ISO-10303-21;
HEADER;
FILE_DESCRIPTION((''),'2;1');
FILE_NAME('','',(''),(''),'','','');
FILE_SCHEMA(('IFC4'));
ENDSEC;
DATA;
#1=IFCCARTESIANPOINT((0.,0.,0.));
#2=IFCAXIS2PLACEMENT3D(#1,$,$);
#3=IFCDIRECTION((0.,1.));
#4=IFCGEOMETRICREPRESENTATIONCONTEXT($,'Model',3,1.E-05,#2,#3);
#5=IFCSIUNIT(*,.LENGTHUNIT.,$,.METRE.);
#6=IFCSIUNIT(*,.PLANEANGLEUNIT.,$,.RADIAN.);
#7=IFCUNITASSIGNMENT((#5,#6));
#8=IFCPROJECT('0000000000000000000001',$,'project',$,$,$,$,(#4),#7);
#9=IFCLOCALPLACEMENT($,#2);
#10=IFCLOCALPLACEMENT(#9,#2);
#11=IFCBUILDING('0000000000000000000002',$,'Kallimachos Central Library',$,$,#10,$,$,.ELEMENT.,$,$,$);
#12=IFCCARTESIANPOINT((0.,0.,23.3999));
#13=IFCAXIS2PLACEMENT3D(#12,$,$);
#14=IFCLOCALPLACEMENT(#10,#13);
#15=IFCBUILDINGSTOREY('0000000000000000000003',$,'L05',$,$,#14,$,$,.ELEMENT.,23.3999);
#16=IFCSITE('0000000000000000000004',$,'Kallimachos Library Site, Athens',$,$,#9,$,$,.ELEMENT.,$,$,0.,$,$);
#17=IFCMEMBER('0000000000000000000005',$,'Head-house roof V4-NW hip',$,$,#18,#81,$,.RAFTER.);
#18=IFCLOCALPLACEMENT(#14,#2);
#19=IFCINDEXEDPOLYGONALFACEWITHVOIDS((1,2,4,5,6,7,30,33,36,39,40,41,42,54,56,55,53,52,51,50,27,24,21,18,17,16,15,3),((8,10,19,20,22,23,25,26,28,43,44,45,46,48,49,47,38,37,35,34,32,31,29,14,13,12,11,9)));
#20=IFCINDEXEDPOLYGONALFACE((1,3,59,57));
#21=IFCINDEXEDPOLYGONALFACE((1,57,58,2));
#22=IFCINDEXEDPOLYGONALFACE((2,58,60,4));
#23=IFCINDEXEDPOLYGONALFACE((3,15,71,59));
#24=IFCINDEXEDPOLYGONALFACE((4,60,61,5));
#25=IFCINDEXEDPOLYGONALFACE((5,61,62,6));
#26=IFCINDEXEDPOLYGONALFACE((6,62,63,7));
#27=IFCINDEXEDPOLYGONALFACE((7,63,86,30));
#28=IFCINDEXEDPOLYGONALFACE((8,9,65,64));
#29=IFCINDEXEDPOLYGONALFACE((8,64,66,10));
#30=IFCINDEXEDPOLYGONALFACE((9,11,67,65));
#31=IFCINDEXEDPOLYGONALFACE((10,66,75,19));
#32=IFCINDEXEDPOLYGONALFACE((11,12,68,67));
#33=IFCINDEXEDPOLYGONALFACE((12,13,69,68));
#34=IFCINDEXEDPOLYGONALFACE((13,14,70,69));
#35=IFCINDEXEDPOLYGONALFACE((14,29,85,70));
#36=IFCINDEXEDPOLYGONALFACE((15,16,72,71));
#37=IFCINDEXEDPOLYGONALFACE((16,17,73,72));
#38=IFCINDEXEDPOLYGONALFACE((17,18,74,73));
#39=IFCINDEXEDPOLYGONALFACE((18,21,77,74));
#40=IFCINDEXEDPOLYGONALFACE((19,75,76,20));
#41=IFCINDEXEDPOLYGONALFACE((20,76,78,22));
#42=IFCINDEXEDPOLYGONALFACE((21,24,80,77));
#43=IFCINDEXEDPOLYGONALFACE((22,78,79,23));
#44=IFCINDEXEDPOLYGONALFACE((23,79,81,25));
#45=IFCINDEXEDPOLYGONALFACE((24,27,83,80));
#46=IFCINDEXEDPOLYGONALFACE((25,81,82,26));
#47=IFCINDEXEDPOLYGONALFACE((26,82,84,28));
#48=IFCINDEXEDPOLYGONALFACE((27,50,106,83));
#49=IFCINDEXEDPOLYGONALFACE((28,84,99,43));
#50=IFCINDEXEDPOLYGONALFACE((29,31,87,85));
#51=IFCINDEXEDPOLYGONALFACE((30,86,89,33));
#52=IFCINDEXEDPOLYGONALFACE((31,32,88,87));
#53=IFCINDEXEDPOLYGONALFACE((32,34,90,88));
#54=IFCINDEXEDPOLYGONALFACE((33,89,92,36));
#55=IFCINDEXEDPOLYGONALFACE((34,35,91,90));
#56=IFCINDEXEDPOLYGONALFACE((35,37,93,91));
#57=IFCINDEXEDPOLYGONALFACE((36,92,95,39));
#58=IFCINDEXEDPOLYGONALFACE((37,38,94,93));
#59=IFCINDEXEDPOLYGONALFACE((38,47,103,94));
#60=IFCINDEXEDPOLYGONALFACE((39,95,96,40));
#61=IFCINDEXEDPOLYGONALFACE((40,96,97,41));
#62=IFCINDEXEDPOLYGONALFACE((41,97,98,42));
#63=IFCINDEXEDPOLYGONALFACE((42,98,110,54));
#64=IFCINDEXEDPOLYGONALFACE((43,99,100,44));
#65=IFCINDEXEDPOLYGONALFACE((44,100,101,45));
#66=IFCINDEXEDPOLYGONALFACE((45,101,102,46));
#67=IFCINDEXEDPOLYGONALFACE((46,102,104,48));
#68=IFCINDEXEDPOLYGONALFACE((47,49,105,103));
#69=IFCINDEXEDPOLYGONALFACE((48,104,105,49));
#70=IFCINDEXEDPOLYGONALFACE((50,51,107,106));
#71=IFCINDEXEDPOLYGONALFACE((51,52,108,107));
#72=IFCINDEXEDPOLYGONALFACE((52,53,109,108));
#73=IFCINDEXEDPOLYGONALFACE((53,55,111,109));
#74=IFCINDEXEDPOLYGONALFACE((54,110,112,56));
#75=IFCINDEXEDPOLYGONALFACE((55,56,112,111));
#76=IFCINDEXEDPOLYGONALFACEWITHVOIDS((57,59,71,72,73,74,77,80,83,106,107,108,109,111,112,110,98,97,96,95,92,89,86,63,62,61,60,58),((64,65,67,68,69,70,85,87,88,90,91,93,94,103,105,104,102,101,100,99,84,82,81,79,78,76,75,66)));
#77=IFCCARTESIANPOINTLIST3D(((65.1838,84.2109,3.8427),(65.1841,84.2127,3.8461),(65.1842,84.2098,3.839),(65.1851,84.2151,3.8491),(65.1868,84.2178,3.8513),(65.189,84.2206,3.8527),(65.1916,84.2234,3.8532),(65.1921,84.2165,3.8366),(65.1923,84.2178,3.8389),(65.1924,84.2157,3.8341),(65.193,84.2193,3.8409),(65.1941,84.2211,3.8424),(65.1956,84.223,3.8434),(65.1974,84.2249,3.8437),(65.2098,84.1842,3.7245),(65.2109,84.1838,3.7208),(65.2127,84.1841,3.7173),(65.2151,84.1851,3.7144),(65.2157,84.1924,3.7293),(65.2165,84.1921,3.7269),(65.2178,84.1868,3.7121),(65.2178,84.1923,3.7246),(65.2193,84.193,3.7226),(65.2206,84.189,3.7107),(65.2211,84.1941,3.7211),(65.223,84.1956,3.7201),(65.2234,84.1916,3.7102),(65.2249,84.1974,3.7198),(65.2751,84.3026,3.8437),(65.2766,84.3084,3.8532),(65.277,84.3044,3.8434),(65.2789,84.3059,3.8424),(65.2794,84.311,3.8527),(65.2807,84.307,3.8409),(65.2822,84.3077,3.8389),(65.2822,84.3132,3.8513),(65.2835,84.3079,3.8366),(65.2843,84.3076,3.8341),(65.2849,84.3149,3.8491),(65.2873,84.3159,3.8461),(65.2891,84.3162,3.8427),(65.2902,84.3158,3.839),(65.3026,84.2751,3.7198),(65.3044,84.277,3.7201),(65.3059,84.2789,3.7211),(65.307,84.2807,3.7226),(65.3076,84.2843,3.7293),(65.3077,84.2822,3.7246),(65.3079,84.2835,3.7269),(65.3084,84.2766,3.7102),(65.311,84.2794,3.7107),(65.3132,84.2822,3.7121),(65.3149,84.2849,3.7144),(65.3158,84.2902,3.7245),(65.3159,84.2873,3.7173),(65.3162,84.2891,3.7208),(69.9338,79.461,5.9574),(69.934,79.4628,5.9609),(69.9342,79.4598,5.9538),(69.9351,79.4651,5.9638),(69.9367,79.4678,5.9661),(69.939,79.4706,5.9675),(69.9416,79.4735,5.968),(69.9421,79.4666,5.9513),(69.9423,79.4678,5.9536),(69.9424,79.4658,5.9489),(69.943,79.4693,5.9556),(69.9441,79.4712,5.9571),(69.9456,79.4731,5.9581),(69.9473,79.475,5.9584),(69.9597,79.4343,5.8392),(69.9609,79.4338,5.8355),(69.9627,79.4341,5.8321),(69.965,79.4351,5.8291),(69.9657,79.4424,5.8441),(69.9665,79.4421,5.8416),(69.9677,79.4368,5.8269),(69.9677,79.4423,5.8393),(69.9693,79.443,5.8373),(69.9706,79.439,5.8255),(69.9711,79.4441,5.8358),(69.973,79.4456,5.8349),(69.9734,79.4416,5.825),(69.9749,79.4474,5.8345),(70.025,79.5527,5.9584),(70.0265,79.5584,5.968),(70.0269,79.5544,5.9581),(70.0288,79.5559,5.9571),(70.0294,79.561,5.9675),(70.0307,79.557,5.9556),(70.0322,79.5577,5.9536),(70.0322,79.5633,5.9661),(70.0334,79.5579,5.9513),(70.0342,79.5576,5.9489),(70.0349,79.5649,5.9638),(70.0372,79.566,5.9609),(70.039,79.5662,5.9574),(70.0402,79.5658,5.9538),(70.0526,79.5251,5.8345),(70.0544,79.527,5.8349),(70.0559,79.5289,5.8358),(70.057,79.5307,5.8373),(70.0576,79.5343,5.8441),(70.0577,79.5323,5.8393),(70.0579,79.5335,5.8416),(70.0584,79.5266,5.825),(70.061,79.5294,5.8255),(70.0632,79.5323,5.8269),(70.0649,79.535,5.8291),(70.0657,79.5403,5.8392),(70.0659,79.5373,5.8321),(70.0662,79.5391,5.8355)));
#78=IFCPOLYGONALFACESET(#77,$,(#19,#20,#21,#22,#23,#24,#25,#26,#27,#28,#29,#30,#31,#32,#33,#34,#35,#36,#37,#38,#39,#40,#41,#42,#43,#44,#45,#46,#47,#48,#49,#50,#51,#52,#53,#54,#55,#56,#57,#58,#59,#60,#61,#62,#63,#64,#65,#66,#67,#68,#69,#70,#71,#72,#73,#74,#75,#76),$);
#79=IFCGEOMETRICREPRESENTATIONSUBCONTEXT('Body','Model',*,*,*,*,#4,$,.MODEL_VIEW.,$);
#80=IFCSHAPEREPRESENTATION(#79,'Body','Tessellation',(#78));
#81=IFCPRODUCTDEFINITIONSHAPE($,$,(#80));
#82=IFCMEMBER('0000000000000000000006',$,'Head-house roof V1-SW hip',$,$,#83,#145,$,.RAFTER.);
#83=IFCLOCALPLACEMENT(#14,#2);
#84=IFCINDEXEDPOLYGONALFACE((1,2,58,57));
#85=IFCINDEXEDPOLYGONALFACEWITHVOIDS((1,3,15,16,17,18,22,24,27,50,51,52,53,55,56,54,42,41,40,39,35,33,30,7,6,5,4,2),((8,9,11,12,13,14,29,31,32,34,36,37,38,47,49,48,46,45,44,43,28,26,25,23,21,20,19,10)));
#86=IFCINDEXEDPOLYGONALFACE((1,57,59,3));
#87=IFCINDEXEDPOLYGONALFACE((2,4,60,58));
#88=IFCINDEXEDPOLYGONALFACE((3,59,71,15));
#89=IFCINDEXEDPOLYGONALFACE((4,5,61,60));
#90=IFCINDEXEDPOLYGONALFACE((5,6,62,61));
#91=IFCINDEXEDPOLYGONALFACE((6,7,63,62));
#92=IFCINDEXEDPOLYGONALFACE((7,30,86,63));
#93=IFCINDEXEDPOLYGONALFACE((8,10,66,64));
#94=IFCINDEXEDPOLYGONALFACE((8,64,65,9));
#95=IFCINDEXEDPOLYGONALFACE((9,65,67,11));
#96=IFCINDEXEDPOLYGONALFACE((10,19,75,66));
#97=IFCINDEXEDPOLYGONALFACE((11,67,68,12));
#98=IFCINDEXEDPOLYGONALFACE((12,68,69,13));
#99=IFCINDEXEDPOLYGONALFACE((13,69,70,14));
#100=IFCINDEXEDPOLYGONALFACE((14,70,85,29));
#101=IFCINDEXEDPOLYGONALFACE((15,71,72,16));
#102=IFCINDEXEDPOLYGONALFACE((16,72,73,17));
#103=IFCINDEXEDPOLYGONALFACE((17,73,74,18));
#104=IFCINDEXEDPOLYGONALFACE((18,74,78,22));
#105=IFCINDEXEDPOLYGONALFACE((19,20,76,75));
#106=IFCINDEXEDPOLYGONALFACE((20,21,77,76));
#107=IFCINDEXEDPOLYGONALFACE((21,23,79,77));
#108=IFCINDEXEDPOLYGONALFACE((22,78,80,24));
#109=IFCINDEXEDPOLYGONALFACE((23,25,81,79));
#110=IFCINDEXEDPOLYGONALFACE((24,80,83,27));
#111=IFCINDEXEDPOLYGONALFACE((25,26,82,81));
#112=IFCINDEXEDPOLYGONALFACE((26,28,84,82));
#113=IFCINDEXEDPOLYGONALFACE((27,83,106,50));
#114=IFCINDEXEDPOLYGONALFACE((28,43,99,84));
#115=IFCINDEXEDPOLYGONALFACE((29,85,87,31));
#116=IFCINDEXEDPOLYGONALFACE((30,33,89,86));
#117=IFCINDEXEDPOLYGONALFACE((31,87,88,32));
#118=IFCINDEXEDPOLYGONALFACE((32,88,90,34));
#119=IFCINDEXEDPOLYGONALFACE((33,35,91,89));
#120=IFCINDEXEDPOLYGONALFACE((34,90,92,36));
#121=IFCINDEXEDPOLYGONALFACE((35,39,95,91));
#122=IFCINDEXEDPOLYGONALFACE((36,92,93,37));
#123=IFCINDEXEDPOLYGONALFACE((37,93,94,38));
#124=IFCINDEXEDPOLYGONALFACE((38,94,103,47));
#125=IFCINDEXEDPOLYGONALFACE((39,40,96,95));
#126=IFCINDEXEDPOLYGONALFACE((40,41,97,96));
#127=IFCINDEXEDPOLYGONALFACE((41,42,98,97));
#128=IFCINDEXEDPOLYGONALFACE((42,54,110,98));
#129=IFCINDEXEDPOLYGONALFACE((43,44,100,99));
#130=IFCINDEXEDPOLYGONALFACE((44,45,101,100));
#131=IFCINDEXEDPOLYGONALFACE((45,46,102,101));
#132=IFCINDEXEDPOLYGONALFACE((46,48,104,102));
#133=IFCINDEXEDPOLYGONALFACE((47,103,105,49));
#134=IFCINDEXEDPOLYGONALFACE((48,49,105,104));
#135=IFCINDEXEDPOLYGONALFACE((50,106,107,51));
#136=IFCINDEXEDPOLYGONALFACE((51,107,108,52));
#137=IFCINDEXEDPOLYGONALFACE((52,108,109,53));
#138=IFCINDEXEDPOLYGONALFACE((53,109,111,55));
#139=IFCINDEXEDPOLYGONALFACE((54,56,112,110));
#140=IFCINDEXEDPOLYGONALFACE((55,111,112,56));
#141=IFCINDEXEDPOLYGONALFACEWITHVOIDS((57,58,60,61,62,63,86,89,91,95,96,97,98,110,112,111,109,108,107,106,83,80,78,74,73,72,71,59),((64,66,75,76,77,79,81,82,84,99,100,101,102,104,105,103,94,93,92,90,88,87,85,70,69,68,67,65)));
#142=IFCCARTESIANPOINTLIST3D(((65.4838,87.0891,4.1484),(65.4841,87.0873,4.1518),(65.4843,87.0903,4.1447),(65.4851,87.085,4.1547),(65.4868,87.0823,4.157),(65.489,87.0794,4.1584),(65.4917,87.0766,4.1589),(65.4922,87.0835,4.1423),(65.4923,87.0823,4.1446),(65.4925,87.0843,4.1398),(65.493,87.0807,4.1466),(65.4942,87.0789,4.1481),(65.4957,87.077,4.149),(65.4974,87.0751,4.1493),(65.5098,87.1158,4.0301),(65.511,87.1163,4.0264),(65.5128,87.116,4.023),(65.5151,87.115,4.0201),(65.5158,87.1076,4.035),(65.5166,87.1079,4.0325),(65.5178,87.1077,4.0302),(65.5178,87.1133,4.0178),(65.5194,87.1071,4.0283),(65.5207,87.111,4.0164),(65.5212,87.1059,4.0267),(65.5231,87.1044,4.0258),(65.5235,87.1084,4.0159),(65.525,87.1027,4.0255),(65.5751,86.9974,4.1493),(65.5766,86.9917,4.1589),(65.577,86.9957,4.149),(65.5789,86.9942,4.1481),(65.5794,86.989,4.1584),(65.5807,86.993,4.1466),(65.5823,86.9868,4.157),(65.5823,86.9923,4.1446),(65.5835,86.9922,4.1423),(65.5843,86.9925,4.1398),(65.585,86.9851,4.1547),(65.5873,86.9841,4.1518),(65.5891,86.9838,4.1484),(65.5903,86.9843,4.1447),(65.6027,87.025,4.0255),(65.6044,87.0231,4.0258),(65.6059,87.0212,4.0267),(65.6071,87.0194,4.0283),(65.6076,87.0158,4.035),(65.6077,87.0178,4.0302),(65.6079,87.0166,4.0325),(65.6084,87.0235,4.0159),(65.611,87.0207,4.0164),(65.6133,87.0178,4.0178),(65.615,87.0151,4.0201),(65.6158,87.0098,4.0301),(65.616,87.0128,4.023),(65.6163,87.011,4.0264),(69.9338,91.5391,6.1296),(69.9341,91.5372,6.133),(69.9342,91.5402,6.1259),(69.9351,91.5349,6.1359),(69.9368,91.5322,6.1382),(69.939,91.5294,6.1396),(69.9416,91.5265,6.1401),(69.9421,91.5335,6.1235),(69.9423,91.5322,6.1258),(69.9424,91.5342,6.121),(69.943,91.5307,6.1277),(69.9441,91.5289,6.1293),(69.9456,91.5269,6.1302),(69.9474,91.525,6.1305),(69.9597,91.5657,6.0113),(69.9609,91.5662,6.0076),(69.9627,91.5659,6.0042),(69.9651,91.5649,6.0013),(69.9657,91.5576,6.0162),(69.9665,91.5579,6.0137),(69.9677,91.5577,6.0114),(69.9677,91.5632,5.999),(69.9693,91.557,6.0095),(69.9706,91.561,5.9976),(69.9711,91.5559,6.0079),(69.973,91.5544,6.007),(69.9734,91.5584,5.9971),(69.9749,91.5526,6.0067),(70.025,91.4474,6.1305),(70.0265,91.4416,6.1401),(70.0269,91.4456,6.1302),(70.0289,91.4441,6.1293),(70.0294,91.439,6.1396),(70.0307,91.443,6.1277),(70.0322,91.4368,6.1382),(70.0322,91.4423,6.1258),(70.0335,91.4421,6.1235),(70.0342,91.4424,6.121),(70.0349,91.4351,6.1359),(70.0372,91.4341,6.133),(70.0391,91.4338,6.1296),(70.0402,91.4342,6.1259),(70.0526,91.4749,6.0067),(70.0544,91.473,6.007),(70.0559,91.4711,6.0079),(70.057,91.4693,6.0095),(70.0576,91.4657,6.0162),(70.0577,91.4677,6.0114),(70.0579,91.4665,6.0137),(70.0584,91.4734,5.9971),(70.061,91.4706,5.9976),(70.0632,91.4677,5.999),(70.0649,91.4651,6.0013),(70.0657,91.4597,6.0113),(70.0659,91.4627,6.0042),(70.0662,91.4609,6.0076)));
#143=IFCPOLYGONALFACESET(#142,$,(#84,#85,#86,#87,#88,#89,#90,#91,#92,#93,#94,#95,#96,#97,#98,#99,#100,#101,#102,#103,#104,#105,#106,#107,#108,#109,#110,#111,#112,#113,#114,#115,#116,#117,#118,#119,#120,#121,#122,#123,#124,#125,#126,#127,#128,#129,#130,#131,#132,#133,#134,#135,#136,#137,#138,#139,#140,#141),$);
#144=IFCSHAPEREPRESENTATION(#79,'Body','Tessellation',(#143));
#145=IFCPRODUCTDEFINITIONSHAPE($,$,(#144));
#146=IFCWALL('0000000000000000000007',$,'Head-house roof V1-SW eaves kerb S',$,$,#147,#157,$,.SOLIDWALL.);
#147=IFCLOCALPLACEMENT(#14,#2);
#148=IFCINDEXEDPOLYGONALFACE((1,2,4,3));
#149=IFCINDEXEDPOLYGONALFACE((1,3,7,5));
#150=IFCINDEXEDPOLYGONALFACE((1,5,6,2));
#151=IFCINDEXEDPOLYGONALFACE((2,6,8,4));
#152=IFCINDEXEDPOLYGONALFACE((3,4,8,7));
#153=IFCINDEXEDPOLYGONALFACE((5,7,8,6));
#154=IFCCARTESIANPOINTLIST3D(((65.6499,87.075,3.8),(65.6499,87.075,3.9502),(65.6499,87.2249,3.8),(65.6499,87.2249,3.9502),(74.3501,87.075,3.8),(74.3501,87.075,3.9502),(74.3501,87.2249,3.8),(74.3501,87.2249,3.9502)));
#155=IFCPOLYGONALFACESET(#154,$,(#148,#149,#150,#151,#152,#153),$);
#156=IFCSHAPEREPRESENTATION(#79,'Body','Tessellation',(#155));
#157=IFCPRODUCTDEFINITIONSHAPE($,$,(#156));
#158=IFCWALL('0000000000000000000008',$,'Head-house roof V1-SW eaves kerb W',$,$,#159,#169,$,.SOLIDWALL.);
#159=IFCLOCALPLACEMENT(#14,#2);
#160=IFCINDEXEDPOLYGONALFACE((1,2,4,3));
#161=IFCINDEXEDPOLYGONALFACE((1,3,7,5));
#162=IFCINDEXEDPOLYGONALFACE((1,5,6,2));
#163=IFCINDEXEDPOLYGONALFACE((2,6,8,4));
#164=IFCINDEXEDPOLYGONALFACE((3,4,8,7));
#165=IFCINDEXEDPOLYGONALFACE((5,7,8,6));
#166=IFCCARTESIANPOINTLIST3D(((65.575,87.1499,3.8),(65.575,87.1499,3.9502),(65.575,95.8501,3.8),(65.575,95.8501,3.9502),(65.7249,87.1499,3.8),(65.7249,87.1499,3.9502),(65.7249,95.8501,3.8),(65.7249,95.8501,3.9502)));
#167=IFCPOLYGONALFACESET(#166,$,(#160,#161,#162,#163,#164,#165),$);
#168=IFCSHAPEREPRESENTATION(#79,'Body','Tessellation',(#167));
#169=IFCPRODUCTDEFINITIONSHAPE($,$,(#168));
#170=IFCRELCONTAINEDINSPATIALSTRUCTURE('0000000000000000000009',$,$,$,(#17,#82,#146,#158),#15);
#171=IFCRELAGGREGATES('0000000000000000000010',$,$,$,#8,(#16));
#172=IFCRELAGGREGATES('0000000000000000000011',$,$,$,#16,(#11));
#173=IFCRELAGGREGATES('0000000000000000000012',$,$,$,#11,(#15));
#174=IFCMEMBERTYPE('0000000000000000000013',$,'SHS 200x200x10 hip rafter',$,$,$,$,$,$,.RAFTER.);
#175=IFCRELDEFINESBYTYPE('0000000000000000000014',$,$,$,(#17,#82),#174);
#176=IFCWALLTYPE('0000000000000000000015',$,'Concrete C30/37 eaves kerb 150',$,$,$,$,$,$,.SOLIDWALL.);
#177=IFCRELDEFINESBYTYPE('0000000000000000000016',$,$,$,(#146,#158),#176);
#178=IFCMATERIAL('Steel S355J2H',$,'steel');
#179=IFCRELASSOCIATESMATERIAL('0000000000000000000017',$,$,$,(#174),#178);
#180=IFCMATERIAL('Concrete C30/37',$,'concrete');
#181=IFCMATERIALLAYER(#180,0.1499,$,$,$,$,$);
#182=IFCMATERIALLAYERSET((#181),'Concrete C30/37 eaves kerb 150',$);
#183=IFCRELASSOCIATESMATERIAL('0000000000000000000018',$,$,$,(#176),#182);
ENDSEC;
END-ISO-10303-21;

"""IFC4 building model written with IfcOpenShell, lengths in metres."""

from ifc_helpers import new_model, si_unit, direction, frame, frame_2d, origin, origin_2d, place, context, subcontext, project, spatial, rectangle, hollow_rectangle, extrude, material, layer, layer_set, material_profile, profile_set, type_object, element, save


model = new_model("IFC4")

# Units and contexts
model_context = context("Model", 3, precision=1e-05, world=origin(), true_north=direction((0.0, 1.0)))
body_context = subcontext(model_context, "Body", "Model", "MODEL_VIEW")
ifc_project = project(units=[si_unit("LENGTHUNIT", "METRE"), si_unit("PLANEANGLEUNIT", "RADIAN")], contexts=[model_context])

# Site, building, storey
site_placement = place(None, origin())
site = spatial("IfcSite", under=ifc_project, at=site_placement, Name="Kallimachos Library Site, Athens", CompositionType="ELEMENT", RefElevation=0.0)
building_placement = place(site_placement, origin())
building = spatial("IfcBuilding", under=site, at=building_placement, Name="Kallimachos Central Library", CompositionType="ELEMENT")
storey_placement = place(building_placement, frame((0.0, 0.0, 23.3999)))
storey = spatial("IfcBuildingStorey", under=building, at=storey_placement, Name="L05", CompositionType="ELEMENT", Elevation=23.3999)

# Members
ifc_material_1 = material(Name="Steel S355J2H", Category="steel")
ifc_material_profile_1 = material_profile(ifc_material_1, hollow_rectangle(XDim=0.1499, YDim=0.1499, WallThickness=0.01, InnerFilletRadius=0.01, OuterFilletRadius=0.0149, at=origin_2d()), Name="SHS 150x150x10")
ifc_profile_set_1 = profile_set([ifc_material_profile_1], Name="Steel S355J2H")
member_type_1 = type_object("IfcMemberType", Name="SHS 200x200x10 hip rafter", PredefinedType="RAFTER", material=ifc_profile_set_1)
member_1_placement = place(storey_placement, frame((65.25, 84.25, 3.7817), z_axis=(0.674474, -0.674474, 0.300282), x_axis=(0.707107, 0.707107, 0.0)))
element("IfcMember", 1, at=member_1_placement, inside=storey, type_object=member_type_1, Name="Head-house roof V4-NW hip", PredefinedType="RAFTER", context=body_context, shape_type="SweptSolid", body=[
    extrude(hollow_rectangle(XDim=0.1499, YDim=0.1499, WallThickness=0.01, InnerFilletRadius=0.01, OuterFilletRadius=0.0149, at=origin_2d()), origin(), (0.0, 0.0, 1.0), 7.0425),
])
member_2_placement = place(storey_placement, frame((65.55, 87.05, 4.0874), z_axis=(0.674473, 0.674473, 0.300288), x_axis=(-0.707107, 0.707107, 0.0)))
element("IfcMember", 2, at=member_2_placement, inside=storey, type_object=member_type_1, Name="Head-house roof V1-SW hip", PredefinedType="RAFTER", context=body_context, shape_type="SweptSolid", body=[
    extrude(hollow_rectangle(XDim=0.1499, YDim=0.1499, WallThickness=0.01, InnerFilletRadius=0.01, OuterFilletRadius=0.0149, at=origin_2d()), origin(), (0.0, 0.0, 1.0), 6.5977),
])

# Walls
ifc_material_2 = material(Name="Concrete C30/37", Category="concrete")
ifc_layer_1 = layer(ifc_material_2, 0.1499)
ifc_layer_set_1 = layer_set([ifc_layer_1], Name="Concrete C30/37 eaves kerb 150")
wall_type_1 = type_object("IfcWallType", Name="Concrete C30/37 eaves kerb 150", PredefinedType="SOLIDWALL", material=ifc_layer_set_1)
for number, where, z_axis, x_axis, name in (
    (3, (65.6499, 87.1499, 3.8), (0.0, 0.0, 1.0), (1.0, 0.0, 0.0), "Head-house roof V1-SW eaves kerb S"),
    (4, (65.6499, 87.1499, 3.8), (0.0, 0.0, 1.0), (0.0, 1.0, 0.0), "Head-house roof V1-SW eaves kerb W"),
):
    element("IfcWall", number, at=place(storey_placement, frame(where, z_axis=z_axis, x_axis=x_axis)), inside=storey, type_object=wall_type_1, Name=name, PredefinedType="SOLIDWALL", context=body_context, shape_type="SweptSolid", body=[
        extrude(rectangle(XDim=8.7002, YDim=0.1499, at=frame_2d((4.3501, 0.0))), origin(), (0.0, 0.0, 1.0), 0.1501),
    ])

save(model, "model.ifc")
